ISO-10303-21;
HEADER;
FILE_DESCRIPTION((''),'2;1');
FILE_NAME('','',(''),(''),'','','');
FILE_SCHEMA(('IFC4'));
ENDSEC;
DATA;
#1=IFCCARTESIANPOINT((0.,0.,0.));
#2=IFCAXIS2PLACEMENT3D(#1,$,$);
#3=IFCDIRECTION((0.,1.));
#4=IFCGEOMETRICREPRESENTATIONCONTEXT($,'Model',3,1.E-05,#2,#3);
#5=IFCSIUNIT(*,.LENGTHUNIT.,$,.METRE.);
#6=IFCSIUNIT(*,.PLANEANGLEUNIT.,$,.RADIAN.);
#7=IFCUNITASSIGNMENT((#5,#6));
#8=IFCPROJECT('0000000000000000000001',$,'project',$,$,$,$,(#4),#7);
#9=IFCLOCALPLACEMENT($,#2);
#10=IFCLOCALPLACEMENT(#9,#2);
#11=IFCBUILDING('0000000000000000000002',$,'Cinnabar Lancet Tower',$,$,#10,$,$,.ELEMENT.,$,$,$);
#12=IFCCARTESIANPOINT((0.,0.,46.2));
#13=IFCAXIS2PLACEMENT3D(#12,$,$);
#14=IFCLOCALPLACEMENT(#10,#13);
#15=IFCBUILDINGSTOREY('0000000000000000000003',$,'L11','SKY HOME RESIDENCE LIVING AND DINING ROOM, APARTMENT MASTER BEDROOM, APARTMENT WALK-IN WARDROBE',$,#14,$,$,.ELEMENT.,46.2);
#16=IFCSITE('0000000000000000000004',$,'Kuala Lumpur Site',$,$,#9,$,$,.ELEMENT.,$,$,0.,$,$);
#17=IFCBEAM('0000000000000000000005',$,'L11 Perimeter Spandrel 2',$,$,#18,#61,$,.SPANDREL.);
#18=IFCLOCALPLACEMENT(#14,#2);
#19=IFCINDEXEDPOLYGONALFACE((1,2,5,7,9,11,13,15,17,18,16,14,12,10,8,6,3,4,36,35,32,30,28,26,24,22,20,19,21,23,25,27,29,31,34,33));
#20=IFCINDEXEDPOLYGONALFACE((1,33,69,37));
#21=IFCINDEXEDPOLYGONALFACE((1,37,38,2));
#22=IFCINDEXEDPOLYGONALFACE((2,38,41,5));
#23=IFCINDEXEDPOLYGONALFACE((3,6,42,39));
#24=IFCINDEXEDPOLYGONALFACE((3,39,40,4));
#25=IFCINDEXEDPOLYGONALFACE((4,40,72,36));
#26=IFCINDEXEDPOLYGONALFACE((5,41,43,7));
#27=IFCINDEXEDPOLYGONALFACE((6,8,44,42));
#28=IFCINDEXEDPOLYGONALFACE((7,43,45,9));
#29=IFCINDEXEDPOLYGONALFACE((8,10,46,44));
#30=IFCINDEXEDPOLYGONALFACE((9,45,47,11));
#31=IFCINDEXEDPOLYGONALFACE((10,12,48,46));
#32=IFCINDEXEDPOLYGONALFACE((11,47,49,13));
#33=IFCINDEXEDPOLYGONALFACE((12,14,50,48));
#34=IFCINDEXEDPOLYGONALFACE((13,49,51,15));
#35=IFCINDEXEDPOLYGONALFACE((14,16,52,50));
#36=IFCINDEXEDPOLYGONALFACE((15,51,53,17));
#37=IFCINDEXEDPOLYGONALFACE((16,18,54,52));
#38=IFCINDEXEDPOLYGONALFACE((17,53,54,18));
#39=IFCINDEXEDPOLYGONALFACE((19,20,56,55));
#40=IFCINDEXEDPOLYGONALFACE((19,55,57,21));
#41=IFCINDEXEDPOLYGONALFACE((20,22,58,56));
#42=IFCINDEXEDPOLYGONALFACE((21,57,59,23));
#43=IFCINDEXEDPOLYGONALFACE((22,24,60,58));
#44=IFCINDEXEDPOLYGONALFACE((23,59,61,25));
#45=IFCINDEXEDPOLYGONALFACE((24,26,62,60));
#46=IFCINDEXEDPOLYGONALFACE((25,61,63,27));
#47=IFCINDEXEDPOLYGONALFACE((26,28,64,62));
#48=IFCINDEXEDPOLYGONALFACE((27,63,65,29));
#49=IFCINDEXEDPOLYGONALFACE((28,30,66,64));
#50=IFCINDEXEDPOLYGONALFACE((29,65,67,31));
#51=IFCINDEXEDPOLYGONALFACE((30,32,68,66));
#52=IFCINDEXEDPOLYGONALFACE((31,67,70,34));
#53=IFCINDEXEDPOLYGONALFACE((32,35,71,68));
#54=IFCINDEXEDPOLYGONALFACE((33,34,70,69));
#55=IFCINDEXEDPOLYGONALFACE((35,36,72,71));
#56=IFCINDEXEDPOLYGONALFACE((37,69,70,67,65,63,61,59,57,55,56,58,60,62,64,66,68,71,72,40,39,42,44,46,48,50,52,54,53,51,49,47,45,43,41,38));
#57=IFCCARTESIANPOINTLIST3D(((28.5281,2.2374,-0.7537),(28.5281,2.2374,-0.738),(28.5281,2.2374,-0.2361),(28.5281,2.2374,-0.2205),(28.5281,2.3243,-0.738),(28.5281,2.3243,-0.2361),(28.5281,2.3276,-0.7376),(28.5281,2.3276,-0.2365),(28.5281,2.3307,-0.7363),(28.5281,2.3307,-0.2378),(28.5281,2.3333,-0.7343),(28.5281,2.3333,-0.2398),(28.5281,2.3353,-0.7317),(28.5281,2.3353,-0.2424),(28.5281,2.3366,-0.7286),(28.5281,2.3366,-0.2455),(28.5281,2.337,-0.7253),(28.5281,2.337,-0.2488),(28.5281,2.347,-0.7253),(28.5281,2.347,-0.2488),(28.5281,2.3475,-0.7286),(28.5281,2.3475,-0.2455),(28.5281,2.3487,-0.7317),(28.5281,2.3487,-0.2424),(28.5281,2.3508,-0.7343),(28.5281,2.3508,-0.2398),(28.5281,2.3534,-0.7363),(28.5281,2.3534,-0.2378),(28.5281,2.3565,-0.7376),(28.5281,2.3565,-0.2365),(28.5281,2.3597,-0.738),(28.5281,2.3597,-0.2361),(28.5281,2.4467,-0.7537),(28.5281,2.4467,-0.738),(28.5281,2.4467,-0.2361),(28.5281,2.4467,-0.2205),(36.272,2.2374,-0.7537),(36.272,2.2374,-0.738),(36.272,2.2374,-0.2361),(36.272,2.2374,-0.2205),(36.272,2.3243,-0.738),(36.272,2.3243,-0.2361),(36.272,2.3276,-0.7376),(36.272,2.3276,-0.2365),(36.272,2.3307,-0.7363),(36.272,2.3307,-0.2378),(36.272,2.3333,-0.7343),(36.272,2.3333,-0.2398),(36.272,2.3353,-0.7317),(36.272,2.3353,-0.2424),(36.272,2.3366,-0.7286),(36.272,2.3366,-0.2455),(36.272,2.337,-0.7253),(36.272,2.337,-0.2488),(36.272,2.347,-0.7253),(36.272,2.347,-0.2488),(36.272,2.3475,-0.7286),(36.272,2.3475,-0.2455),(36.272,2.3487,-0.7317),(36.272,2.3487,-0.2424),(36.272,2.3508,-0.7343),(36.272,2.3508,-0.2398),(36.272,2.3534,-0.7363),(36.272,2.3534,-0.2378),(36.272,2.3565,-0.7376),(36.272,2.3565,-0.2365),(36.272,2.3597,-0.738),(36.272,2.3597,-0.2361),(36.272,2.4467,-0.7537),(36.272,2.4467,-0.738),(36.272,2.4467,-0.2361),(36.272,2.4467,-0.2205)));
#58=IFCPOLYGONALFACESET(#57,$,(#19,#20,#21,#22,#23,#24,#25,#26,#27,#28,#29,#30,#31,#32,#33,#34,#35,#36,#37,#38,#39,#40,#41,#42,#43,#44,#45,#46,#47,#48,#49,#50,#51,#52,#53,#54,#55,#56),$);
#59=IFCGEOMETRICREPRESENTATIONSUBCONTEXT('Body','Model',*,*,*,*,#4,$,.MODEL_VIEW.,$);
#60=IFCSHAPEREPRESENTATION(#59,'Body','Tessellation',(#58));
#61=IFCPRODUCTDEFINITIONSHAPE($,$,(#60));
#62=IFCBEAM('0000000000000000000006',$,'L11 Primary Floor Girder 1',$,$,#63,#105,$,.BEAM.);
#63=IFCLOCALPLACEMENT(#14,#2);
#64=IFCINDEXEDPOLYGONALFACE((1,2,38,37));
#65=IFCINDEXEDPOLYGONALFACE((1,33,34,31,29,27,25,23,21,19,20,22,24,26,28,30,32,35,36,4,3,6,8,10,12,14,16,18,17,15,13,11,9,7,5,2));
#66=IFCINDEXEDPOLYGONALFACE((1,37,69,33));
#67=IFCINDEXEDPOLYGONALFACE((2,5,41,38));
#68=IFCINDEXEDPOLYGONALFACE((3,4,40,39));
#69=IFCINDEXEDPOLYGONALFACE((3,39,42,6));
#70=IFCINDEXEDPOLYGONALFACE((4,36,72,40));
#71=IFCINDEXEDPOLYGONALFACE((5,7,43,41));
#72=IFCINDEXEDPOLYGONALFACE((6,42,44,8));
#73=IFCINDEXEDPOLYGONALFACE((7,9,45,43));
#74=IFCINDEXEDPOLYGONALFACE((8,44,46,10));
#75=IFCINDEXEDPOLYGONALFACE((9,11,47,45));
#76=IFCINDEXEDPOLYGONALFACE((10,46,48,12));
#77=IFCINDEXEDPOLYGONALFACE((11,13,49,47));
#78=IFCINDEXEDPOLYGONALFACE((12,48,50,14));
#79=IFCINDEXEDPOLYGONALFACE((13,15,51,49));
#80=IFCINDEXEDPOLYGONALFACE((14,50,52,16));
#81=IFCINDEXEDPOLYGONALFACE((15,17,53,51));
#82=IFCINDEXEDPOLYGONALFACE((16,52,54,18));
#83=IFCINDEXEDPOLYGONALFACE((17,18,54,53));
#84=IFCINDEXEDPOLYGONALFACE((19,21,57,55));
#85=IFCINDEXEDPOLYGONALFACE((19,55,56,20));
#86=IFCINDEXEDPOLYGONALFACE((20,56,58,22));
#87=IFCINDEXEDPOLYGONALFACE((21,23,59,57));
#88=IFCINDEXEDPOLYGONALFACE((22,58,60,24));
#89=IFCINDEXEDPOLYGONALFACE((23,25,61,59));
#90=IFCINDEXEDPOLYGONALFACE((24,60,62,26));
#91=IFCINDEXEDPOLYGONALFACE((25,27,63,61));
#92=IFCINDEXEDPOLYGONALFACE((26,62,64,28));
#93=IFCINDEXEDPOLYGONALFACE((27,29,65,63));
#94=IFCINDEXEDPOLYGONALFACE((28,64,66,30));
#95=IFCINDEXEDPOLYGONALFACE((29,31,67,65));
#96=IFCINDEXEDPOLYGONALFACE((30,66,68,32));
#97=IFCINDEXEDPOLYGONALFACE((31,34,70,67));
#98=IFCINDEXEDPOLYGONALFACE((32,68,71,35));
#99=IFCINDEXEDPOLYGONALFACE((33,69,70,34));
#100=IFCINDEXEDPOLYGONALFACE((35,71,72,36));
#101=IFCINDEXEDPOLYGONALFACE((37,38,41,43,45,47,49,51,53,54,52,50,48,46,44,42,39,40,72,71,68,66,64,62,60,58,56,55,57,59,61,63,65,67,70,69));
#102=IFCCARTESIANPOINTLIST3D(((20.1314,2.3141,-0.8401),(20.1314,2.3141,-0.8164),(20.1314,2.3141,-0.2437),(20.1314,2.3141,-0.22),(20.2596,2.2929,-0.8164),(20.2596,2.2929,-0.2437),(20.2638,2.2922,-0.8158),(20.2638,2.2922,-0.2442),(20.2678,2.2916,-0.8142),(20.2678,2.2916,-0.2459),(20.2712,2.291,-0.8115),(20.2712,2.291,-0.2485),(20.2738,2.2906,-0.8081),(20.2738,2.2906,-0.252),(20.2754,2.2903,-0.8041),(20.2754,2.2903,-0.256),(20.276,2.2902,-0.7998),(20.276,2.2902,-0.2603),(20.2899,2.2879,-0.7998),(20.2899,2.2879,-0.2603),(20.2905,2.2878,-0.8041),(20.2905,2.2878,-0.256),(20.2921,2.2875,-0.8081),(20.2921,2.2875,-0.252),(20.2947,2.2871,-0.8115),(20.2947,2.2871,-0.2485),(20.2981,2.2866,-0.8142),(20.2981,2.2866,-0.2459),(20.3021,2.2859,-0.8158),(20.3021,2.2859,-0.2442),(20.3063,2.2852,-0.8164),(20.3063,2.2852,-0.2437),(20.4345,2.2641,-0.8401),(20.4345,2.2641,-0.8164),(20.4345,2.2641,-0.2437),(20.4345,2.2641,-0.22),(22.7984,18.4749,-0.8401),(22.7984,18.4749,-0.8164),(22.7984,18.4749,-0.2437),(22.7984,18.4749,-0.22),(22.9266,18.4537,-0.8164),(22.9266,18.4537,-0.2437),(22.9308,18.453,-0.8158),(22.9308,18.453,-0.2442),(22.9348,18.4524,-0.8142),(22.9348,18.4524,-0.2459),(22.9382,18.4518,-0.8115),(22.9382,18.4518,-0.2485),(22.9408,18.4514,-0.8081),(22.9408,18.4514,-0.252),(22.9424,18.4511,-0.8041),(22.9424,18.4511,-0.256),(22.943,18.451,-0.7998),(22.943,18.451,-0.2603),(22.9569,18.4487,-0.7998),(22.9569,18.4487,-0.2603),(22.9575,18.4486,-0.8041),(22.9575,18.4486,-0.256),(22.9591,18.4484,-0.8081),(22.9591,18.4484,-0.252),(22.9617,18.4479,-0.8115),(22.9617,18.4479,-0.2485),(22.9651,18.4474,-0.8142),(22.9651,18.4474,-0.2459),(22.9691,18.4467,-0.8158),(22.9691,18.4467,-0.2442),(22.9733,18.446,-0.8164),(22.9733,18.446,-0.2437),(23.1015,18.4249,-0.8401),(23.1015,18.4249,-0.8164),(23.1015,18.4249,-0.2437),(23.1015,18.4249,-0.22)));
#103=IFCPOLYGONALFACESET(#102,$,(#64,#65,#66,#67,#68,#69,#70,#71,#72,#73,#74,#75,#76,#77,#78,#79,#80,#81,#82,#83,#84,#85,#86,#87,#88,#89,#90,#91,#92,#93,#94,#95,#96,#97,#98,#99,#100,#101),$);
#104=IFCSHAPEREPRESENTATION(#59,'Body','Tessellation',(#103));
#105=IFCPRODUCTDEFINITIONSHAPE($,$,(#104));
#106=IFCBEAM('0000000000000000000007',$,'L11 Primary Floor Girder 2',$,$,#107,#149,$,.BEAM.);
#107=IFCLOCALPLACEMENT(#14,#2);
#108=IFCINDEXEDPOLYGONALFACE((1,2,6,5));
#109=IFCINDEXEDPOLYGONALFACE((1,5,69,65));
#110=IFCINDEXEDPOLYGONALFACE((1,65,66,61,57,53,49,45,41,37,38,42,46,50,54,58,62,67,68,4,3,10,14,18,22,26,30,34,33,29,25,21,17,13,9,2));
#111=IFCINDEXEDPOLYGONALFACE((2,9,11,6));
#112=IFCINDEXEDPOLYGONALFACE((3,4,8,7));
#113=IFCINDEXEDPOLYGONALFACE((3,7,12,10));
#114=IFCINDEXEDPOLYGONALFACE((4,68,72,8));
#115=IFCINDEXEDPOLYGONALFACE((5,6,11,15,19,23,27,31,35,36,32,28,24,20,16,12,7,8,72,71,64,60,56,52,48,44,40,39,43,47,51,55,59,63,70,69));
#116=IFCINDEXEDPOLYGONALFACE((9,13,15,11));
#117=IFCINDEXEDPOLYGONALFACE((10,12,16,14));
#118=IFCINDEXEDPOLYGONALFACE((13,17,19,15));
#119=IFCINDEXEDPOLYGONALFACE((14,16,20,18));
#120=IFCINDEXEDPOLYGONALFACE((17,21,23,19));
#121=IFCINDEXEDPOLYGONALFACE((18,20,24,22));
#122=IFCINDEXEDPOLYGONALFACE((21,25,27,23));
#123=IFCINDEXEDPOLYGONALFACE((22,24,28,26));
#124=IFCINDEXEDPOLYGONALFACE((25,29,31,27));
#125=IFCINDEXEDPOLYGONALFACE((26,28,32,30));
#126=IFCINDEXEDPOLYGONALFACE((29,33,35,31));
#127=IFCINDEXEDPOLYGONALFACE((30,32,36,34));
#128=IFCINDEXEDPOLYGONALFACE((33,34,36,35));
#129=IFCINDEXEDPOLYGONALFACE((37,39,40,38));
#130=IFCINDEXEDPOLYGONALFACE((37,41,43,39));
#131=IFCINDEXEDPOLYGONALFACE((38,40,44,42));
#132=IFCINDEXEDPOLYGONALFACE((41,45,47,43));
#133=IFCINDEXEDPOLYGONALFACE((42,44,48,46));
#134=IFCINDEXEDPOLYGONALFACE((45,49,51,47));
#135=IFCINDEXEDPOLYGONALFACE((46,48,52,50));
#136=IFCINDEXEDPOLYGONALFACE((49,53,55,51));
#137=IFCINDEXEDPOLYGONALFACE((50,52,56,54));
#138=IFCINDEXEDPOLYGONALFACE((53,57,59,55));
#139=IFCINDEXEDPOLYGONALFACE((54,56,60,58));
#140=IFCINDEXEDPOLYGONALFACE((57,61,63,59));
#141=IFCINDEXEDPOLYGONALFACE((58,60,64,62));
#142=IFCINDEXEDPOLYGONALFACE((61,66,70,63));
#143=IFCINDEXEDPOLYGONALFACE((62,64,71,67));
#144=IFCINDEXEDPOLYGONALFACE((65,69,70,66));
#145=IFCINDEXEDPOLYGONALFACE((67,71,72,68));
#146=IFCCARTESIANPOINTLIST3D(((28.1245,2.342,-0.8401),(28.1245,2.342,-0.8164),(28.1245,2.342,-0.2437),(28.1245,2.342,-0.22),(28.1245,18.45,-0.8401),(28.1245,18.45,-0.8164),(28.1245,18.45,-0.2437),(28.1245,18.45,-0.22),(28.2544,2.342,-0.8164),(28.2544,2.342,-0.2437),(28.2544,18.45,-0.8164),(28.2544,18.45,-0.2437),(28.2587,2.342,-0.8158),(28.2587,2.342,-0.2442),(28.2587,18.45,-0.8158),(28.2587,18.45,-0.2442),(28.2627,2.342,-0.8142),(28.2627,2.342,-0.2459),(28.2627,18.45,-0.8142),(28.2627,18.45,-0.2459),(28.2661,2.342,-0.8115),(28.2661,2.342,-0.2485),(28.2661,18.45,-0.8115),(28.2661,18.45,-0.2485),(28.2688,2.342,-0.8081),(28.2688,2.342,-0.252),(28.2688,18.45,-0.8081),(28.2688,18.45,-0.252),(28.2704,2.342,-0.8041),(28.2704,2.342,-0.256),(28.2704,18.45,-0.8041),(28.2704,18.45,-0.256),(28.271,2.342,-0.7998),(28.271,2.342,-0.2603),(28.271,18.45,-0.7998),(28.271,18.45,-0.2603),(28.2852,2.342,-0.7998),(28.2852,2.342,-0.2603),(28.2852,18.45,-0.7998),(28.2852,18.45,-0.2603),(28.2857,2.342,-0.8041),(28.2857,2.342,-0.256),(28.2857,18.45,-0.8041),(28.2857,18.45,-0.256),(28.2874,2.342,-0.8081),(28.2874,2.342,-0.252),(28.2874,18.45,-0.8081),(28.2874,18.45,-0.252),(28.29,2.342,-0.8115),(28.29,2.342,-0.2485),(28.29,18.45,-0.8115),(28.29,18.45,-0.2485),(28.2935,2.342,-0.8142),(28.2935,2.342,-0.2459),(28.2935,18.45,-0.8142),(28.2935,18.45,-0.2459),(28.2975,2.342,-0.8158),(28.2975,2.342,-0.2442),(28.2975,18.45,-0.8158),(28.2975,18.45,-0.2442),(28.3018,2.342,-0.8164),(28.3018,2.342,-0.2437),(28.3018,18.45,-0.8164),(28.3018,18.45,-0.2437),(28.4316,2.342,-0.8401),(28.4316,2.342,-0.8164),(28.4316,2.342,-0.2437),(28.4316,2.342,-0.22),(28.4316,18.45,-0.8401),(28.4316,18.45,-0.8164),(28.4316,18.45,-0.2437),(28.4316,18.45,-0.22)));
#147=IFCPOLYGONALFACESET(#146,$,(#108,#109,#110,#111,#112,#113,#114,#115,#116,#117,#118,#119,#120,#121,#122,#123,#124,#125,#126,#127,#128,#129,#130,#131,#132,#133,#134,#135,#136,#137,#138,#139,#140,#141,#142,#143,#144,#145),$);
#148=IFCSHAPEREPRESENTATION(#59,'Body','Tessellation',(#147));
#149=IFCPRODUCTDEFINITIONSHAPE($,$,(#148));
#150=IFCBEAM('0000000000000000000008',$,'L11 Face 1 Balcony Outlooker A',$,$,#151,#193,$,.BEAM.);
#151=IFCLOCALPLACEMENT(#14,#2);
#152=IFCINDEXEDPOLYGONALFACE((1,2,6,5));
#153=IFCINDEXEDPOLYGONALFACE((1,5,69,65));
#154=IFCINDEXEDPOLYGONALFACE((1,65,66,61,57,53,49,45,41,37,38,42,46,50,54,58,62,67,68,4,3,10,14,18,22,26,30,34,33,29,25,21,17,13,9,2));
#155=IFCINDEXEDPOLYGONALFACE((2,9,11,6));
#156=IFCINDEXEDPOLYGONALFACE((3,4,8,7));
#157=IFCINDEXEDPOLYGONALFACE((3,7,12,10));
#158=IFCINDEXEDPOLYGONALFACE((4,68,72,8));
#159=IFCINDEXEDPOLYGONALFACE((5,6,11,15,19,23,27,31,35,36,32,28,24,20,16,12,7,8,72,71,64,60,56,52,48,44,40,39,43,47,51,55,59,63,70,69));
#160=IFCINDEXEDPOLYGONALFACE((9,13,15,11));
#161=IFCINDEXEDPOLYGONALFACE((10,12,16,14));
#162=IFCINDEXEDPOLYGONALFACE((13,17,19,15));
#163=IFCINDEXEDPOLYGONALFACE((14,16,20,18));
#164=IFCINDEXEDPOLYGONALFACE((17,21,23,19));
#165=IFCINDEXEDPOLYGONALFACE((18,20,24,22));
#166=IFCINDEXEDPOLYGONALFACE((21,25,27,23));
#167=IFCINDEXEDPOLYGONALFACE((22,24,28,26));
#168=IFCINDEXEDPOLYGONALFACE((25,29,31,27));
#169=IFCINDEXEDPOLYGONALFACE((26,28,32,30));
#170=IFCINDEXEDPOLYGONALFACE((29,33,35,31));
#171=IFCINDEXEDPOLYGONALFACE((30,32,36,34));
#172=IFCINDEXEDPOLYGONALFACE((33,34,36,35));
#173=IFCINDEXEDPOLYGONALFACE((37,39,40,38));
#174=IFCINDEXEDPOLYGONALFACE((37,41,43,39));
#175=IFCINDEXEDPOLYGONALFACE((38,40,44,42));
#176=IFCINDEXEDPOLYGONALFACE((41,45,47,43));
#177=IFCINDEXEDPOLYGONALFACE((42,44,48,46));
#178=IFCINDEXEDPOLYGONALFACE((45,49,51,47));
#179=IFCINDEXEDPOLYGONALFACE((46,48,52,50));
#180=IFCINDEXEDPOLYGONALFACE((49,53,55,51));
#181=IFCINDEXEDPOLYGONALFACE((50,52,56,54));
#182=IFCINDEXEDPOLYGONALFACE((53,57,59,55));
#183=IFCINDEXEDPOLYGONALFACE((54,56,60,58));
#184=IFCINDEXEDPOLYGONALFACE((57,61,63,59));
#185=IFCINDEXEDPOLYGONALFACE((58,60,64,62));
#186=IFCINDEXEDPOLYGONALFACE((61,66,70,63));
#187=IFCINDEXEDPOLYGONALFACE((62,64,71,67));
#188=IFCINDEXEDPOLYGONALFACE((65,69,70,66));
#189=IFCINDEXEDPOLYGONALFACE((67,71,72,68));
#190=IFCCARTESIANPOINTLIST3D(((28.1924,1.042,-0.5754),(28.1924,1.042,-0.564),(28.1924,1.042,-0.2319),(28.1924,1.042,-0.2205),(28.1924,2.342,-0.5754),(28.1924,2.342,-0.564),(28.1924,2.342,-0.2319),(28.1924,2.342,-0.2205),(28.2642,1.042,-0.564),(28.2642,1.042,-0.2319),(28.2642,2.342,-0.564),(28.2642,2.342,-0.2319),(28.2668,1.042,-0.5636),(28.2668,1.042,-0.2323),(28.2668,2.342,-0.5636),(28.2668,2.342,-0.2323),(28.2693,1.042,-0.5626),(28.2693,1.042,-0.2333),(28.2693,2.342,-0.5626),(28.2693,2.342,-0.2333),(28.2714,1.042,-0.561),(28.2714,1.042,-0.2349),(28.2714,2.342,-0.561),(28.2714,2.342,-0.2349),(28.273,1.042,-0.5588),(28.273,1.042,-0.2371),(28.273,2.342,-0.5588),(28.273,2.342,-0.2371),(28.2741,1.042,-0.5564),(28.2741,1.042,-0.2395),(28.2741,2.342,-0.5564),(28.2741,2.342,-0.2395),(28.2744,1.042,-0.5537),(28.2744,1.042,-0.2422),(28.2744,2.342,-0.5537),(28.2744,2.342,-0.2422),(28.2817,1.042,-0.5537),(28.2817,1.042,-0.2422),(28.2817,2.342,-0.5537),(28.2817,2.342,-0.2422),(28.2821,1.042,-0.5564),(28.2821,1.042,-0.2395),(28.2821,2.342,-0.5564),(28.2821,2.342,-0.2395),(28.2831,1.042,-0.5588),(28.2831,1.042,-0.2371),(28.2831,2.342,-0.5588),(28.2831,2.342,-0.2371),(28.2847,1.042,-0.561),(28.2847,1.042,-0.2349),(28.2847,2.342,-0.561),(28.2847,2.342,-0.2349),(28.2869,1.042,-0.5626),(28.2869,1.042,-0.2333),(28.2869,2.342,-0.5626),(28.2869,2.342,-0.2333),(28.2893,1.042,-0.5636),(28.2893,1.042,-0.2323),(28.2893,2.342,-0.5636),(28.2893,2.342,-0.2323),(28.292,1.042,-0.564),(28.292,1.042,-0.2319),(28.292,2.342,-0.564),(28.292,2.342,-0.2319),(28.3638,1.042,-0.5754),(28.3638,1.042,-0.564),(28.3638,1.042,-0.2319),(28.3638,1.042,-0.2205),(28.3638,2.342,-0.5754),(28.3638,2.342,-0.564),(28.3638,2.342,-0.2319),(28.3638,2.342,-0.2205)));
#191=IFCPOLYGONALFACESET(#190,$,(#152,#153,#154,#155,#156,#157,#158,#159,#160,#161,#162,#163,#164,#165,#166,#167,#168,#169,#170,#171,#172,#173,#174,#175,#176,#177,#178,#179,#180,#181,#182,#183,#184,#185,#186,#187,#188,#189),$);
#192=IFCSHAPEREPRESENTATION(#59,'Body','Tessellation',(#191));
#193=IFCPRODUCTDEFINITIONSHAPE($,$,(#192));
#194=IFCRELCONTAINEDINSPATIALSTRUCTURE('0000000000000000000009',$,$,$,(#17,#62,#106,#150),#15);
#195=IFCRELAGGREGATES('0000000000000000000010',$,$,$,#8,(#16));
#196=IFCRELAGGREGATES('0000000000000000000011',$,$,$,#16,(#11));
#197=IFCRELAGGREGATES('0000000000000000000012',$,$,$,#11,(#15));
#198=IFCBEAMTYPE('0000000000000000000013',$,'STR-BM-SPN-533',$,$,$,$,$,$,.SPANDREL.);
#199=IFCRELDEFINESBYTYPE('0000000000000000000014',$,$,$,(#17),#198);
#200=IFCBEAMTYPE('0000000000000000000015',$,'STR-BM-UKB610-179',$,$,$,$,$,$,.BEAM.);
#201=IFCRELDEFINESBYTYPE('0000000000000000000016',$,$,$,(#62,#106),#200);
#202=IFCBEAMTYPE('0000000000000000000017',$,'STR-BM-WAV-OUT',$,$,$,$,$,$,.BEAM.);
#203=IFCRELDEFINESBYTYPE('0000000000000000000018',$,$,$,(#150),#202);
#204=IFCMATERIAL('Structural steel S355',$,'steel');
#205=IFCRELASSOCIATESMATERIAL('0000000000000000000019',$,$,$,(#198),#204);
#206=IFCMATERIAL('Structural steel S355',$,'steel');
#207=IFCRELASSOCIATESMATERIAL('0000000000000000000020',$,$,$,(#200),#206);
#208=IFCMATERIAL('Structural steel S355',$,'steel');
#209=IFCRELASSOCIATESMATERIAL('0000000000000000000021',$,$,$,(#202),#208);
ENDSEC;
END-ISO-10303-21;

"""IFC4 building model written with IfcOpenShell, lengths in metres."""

from ifc_helpers import new_model, si_unit, direction, frame, origin, origin_2d, place, context, subcontext, project, spatial, i_section, extrude, material, material_profile, profile_set, type_object, element, save


model = new_model("IFC4")

# Units and contexts
model_context = context("Model", 3, precision=1e-05, world=origin(), true_north=direction((0.0, 1.0)))
body_context = subcontext(model_context, "Body", "Model", "MODEL_VIEW")
ifc_project = project(units=[si_unit("LENGTHUNIT", "METRE"), si_unit("PLANEANGLEUNIT", "RADIAN")], contexts=[model_context])

# Site, building, storey
site_placement = place(None, origin())
site = spatial("IfcSite", under=ifc_project, at=site_placement, Name="Kuala Lumpur Site", CompositionType="ELEMENT", RefElevation=0.0)
building_placement = place(site_placement, origin())
building = spatial("IfcBuilding", under=site, at=building_placement, Name="Cinnabar Lancet Tower", CompositionType="ELEMENT")
storey_placement = place(building_placement, frame((0.0, 0.0, 46.2)))
storey = spatial("IfcBuildingStorey", under=building, at=storey_placement, Name="L11", Description="SKY HOME RESIDENCE LIVING AND DINING ROOM, APARTMENT MASTER BEDROOM, APARTMENT WALK-IN WARDROBE", CompositionType="ELEMENT", Elevation=46.2)

# Beams
ifc_material_1 = material(Name="Structural steel S355", Category="steel")
ifc_material_profile_1 = material_profile(ifc_material_1, i_section(OverallWidth=0.2092, OverallDepth=0.5332, WebThickness=0.01, FlangeThickness=0.0156, FilletRadius=0.0127, at=origin_2d()), Name="UKB 533x210x92")
ifc_profile_set_1 = profile_set([ifc_material_profile_1], Name="Structural steel S355")
beam_type_1 = type_object("IfcBeamType", Name="STR-BM-SPN-533", PredefinedType="SPANDREL", material=ifc_profile_set_1)
beam_1_placement = place(storey_placement, frame((28.5281, 2.342, -0.4871), z_axis=(1.0, 0.0, 0.0), x_axis=(0.0, 1.0, 0.0)))
element("IfcBeam", 1, at=beam_1_placement, inside=storey, type_object=beam_type_1, Name="L11 Perimeter Spandrel 2", PredefinedType="SPANDREL", context=body_context, shape_type="SweptSolid", body=[
    extrude(i_section(OverallWidth=0.2092, OverallDepth=0.5332, WebThickness=0.01, FlangeThickness=0.0156, FilletRadius=0.0127, at=origin_2d()), origin(), (0.0, 0.0, 1.0), 7.7439),
])
ifc_material_2 = material(Name="Structural steel S355", Category="steel")
ifc_material_profile_2 = material_profile(ifc_material_2, i_section(OverallWidth=0.3071, OverallDepth=0.6201, WebThickness=0.0142, FlangeThickness=0.0237, FilletRadius=0.0166, at=origin_2d()), Name="UKB 610x305x179")
ifc_profile_set_2 = profile_set([ifc_material_profile_2], Name="Structural steel S355")
beam_type_2 = type_object("IfcBeamType", Name="STR-BM-UKB610-179", PredefinedType="BEAM", material=ifc_profile_set_2)
beam_2_placement = place(storey_placement, frame((20.283, 2.2891, -0.53), z_axis=(0.162825, 0.986655, 0.0), x_axis=(-0.986655, 0.162825, 0.0)))
element("IfcBeam", 2, at=beam_2_placement, inside=storey, type_object=beam_type_2, Name="L11 Primary Floor Girder 1", PredefinedType="BEAM", context=body_context, shape_type="SweptSolid", body=[
    extrude(i_section(OverallWidth=0.3071, OverallDepth=0.6201, WebThickness=0.0142, FlangeThickness=0.0237, FilletRadius=0.0166, at=origin_2d()), origin(), (0.0, 0.0, 1.0), 16.3794),
])
beam_3_placement = place(storey_placement, frame((28.2781, 2.342, -0.53), z_axis=(0.0, 1.0, 0.0), x_axis=(-1.0, 0.0, 0.0)))
element("IfcBeam", 3, at=beam_3_placement, inside=storey, type_object=beam_type_2, Name="L11 Primary Floor Girder 2", PredefinedType="BEAM", context=body_context, shape_type="SweptSolid", body=[
    extrude(i_section(OverallWidth=0.3071, OverallDepth=0.6201, WebThickness=0.0142, FlangeThickness=0.0237, FilletRadius=0.0166, at=origin_2d()), origin(), (0.0, 0.0, 1.0), 16.1079),
])
ifc_material_3 = material(Name="Structural steel S355", Category="steel")
ifc_material_profile_3 = material_profile(ifc_material_3, i_section(OverallWidth=0.1714, OverallDepth=0.355, WebThickness=0.0073, FlangeThickness=0.0115, FilletRadius=0.0103, at=origin_2d()), Name="UKB 356x171x51")
ifc_profile_set_3 = profile_set([ifc_material_profile_3], Name="Structural steel S355")
beam_type_3 = type_object("IfcBeamType", Name="STR-BM-WAV-OUT", PredefinedType="BEAM", material=ifc_profile_set_3)
beam_4_placement = place(storey_placement, frame((28.2781, 2.342, -0.3979), z_axis=(0.0, -1.0, 0.0), x_axis=(1.0, 0.0, 0.0)))
element("IfcBeam", 4, at=beam_4_placement, inside=storey, type_object=beam_type_3, Name="L11 Face 1 Balcony Outlooker A", PredefinedType="BEAM", context=body_context, shape_type="SweptSolid", body=[
    extrude(i_section(OverallWidth=0.1714, OverallDepth=0.355, WebThickness=0.0073, FlangeThickness=0.0115, FilletRadius=0.0103, at=origin_2d()), origin(), (0.0, 0.0, 1.0), 1.3),
])

save(model, "model.ifc")
